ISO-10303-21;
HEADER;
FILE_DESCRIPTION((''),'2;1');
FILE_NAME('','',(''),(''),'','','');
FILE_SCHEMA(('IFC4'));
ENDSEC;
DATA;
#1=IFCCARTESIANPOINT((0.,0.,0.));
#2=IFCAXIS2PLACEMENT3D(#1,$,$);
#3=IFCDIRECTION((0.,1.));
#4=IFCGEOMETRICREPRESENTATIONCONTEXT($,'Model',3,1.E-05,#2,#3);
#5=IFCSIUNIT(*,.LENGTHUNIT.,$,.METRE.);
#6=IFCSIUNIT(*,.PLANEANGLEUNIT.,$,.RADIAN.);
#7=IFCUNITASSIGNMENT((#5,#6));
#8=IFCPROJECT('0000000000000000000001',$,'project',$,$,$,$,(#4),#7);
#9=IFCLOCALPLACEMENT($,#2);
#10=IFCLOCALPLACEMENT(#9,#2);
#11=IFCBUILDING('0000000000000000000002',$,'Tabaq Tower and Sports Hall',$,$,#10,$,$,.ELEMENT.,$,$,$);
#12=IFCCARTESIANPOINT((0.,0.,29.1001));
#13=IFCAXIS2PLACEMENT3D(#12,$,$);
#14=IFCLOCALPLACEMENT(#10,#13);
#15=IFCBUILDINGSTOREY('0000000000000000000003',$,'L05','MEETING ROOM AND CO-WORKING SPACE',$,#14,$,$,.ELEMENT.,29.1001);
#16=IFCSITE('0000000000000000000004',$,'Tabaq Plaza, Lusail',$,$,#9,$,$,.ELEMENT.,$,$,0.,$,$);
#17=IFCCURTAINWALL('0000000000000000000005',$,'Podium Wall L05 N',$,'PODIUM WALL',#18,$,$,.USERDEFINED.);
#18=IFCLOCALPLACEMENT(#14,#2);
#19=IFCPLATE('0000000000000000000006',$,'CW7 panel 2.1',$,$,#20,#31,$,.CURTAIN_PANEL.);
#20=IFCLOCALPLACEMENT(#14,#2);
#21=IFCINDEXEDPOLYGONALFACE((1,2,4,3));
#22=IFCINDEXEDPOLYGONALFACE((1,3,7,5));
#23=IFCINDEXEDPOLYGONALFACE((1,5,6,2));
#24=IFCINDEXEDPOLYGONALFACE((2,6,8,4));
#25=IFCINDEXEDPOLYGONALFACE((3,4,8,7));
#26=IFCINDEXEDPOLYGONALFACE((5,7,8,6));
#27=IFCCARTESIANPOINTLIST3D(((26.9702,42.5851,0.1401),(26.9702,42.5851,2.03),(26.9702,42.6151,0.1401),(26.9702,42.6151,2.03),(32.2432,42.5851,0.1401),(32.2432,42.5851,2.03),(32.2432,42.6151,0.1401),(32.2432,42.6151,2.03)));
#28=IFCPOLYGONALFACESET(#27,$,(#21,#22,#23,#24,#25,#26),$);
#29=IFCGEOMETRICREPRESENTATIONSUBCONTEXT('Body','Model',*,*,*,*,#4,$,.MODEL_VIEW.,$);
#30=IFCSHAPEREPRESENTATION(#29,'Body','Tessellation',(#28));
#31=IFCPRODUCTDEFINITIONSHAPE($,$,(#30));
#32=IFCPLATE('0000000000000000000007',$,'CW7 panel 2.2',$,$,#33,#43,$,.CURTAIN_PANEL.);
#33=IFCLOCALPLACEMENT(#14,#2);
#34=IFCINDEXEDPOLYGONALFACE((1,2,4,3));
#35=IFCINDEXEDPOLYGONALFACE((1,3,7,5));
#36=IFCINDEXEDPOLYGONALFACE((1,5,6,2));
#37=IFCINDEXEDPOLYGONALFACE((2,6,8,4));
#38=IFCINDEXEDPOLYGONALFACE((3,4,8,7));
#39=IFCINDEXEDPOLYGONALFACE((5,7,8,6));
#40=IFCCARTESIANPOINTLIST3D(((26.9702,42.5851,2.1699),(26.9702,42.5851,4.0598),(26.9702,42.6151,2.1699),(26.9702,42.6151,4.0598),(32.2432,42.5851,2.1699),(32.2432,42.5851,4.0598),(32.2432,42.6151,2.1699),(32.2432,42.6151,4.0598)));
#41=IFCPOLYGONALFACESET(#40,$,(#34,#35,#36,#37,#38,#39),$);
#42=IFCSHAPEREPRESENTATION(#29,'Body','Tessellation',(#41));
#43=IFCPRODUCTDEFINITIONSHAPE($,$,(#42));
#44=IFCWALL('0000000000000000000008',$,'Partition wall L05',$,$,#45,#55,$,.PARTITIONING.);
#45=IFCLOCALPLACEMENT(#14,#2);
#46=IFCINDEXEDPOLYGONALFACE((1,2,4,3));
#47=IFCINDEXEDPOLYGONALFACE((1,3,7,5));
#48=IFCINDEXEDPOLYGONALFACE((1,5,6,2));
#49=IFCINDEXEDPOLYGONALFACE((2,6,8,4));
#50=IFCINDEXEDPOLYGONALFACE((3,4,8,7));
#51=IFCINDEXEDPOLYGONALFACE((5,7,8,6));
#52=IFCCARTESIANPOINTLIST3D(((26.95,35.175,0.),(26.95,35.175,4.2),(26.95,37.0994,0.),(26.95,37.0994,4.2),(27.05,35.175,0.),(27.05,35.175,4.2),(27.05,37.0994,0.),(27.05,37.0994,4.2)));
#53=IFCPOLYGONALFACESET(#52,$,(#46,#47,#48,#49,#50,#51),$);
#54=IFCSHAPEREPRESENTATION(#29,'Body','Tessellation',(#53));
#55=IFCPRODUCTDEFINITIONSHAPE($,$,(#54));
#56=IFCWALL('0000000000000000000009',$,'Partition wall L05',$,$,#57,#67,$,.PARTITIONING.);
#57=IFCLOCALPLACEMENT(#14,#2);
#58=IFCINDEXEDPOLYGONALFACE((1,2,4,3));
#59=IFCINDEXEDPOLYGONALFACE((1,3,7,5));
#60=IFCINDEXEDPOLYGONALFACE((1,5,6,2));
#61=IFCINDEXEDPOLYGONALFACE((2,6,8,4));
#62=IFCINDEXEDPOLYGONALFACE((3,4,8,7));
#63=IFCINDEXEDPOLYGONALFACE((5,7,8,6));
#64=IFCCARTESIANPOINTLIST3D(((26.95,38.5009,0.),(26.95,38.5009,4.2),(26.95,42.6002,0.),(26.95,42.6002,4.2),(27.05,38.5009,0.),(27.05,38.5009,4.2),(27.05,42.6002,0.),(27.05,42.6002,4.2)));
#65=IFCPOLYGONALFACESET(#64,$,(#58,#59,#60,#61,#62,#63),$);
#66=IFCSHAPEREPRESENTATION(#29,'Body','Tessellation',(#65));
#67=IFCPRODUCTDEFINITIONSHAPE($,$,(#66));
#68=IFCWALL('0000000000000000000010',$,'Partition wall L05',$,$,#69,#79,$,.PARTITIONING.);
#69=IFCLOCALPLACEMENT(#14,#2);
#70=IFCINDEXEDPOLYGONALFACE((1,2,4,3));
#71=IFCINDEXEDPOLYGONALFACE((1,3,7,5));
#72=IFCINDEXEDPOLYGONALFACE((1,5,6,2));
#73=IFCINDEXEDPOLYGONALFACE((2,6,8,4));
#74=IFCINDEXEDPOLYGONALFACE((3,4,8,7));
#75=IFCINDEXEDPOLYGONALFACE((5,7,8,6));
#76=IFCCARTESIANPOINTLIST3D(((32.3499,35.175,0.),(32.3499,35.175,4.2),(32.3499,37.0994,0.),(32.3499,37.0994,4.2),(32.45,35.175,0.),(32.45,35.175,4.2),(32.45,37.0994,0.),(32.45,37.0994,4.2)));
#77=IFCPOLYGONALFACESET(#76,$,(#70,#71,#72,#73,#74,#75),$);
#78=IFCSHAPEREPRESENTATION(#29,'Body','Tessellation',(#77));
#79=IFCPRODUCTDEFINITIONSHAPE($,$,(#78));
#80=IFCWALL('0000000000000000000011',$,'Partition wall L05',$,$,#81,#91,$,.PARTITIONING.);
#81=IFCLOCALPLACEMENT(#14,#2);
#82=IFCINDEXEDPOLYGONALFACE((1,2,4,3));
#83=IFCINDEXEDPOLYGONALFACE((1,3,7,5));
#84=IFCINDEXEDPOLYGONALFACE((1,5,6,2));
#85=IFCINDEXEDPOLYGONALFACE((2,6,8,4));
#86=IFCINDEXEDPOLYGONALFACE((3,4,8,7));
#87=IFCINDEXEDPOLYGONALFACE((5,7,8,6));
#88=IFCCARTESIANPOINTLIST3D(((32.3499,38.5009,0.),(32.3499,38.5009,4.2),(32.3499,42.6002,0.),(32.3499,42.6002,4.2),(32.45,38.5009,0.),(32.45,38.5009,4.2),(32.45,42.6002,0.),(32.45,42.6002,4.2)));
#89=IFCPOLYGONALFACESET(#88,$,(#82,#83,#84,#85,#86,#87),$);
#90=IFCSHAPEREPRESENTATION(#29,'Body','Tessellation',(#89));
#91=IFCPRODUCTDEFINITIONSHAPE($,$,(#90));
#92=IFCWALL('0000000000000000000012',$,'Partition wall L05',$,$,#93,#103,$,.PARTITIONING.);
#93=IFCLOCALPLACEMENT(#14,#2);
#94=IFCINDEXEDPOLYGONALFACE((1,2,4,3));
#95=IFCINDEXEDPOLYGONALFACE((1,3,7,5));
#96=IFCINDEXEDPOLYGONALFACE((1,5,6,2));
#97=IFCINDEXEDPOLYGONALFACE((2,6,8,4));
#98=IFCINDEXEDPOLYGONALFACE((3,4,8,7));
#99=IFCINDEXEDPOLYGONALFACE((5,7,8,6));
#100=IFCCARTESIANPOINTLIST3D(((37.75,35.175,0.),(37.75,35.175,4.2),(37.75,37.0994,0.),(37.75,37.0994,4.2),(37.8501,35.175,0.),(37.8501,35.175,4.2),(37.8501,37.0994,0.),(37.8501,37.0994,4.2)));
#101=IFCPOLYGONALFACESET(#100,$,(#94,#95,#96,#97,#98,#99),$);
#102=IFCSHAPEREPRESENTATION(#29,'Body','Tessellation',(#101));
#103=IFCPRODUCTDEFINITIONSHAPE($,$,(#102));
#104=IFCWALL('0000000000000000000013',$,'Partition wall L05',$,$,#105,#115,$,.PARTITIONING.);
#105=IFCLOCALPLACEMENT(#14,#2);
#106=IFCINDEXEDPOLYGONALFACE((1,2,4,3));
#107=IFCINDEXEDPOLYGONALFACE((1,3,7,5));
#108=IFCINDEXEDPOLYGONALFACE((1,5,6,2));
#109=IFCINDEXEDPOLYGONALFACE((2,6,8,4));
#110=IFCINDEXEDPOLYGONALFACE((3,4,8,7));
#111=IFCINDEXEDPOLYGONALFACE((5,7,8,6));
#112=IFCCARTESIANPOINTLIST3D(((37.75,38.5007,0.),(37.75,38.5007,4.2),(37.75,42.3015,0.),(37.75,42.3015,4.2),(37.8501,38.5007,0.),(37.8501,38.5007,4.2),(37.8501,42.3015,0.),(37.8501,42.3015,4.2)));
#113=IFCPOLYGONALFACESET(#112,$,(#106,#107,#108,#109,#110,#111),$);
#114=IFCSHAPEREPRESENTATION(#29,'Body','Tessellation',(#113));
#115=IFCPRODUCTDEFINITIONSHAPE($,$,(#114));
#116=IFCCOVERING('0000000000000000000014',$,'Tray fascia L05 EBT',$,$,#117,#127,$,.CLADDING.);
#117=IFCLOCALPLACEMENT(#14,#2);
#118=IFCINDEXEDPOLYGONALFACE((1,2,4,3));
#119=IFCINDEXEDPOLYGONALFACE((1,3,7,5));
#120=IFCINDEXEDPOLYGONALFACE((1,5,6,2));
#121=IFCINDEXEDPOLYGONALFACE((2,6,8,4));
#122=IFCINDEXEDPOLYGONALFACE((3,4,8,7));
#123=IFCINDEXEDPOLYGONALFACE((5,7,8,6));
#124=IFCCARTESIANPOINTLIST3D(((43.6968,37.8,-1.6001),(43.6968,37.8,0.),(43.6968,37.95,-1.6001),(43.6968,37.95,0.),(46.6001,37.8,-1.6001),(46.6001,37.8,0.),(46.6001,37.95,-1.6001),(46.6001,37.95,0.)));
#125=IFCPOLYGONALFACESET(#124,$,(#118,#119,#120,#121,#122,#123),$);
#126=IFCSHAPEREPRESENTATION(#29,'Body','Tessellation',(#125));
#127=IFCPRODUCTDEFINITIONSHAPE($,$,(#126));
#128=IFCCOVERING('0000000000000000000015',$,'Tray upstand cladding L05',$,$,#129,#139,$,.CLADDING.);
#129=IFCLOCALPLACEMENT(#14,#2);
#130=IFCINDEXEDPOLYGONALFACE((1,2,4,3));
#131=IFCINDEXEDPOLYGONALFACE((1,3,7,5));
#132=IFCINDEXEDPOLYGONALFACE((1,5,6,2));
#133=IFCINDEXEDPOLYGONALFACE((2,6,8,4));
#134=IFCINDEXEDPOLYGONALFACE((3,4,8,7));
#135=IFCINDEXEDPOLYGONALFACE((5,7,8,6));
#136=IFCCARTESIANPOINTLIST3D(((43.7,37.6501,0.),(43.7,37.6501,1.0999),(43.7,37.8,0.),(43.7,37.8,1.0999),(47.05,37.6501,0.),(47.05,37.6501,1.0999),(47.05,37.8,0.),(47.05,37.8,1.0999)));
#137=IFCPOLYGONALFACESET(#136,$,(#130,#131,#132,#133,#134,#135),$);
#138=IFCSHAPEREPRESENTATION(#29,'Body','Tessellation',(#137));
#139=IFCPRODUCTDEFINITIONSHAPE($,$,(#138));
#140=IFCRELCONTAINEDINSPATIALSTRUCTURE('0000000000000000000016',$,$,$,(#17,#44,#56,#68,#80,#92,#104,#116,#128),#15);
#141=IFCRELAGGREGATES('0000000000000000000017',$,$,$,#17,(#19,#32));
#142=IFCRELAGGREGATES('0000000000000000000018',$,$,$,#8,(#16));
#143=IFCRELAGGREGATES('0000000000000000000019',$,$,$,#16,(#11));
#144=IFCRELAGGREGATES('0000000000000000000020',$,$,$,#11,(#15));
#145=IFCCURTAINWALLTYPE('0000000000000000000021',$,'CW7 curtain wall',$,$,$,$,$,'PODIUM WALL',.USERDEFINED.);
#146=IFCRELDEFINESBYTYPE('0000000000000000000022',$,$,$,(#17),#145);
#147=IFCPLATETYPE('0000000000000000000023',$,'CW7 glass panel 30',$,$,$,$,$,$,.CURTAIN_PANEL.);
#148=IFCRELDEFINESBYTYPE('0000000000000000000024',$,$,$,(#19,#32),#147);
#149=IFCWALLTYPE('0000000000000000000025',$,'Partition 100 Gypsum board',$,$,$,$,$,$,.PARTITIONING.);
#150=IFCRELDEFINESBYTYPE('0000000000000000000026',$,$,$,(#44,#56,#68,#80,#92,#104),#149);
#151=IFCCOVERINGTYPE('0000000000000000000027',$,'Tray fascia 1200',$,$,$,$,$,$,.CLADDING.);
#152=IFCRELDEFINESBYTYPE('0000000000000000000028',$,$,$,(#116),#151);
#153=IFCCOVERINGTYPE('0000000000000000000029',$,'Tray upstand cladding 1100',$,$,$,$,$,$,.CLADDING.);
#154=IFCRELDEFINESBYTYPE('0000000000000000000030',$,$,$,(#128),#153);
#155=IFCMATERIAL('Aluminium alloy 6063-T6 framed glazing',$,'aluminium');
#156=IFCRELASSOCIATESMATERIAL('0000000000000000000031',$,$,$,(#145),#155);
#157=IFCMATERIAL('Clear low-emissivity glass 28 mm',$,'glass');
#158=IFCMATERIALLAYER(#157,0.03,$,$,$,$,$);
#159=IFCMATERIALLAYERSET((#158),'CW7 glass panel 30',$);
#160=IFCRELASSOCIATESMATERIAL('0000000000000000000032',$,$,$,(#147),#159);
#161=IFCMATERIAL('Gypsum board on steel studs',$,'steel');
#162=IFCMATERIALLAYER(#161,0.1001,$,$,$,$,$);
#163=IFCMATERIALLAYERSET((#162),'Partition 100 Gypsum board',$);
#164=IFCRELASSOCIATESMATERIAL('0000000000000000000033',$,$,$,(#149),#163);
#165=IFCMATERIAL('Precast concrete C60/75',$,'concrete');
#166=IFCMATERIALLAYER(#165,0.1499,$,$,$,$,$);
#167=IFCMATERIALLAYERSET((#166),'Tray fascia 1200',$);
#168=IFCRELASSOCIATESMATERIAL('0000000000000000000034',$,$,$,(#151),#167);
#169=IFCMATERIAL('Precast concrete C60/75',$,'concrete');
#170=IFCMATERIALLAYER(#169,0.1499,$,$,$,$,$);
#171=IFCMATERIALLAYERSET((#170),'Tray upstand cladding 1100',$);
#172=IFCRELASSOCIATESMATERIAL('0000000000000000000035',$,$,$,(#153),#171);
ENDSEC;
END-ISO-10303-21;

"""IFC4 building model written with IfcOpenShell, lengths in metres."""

from ifc_helpers import new_model, si_unit, direction, frame, frame_2d, origin, origin_2d, place, context, subcontext, project, spatial, rectangle, extrude, material, layer, layer_set, type_object, element, aggregate, save


model = new_model("IFC4")

# Units and contexts
model_context = context("Model", 3, precision=1e-05, world=origin(), true_north=direction((0.0, 1.0)))
body_context = subcontext(model_context, "Body", "Model", "MODEL_VIEW")
ifc_project = project(units=[si_unit("LENGTHUNIT", "METRE"), si_unit("PLANEANGLEUNIT", "RADIAN")], contexts=[model_context])

# Site, building, storey
site_placement = place(None, origin())
site = spatial("IfcSite", under=ifc_project, at=site_placement, Name="Tabaq Plaza, Lusail", CompositionType="ELEMENT", RefElevation=0.0)
building_placement = place(site_placement, origin())
building = spatial("IfcBuilding", under=site, at=building_placement, Name="Tabaq Tower and Sports Hall", CompositionType="ELEMENT")
storey_placement = place(building_placement, frame((0.0, 0.0, 29.1001)))
storey = spatial("IfcBuildingStorey", under=building, at=storey_placement, Name="L05", Description="MEETING ROOM AND CO-WORKING SPACE", CompositionType="ELEMENT", Elevation=29.1001)

# Shared definitions
ifc_material_1 = material(Name="Aluminium alloy 6063-T6 framed glazing", Category="aluminium")
curtain_wall_type = type_object("IfcCurtainWallType", Name="CW7 curtain wall", ElementType="PODIUM WALL", PredefinedType="USERDEFINED", material=ifc_material_1)

# Curtain wall
curtain_wall_1_placement = place(storey_placement, origin())
curtain_wall_1 = element("IfcCurtainWall", 1, at=curtain_wall_1_placement, inside=storey, type_object=curtain_wall_type, Name="Podium Wall L05 N", ObjectType="PODIUM WALL", PredefinedType="USERDEFINED")

# Plates
ifc_material_2 = material(Name="Clear low-emissivity glass 28 mm", Category="glass")
ifc_layer_1 = layer(ifc_material_2, 0.03)
ifc_layer_set_1 = layer_set([ifc_layer_1], Name="CW7 glass panel 30")
plate_type = type_object("IfcPlateType", Name="CW7 glass panel 30", PredefinedType="CURTAIN_PANEL", material=ifc_layer_set_1)
plate_1_placement = place(storey_placement, frame((29.6067, 42.6001, 0.1401), z_axis=(0.0, 0.0, 1.0), x_axis=(-1.0, 0.0, 0.0)))
plate_1 = element("IfcPlate", 2, at=plate_1_placement, type_object=plate_type, Name="CW7 panel 2.1", PredefinedType="CURTAIN_PANEL", context=body_context, shape_type="SweptSolid", body=[
    extrude(rectangle(XDim=5.2729, YDim=0.03, at=origin_2d()), origin(), (0.0, 0.0, 1.0), 1.8899),
])
plate_2_placement = place(storey_placement, frame((29.6067, 42.6001, 2.1699), z_axis=(0.0, 0.0, 1.0), x_axis=(-1.0, 0.0, 0.0)))
plate_2 = element("IfcPlate", 3, at=plate_2_placement, type_object=plate_type, Name="CW7 panel 2.2", PredefinedType="CURTAIN_PANEL", context=body_context, shape_type="SweptSolid", body=[
    extrude(rectangle(XDim=5.2729, YDim=0.03, at=origin_2d()), origin(), (0.0, 0.0, 1.0), 1.8899),
])
aggregate(curtain_wall_1, [plate_1, plate_2])

# Walls
ifc_material_3 = material(Name="Gypsum board on steel studs", Category="steel")
ifc_layer_2 = layer(ifc_material_3, 0.1001)
ifc_layer_set_2 = layer_set([ifc_layer_2], Name="Partition 100 Gypsum board")
wall_type = type_object("IfcWallType", Name="Partition 100 Gypsum board", PredefinedType="PARTITIONING", material=ifc_layer_set_2)
wall_1_placement = place(storey_placement, frame((27.0, 35.175, 0.0), z_axis=(0.0, 0.0, 1.0), x_axis=(0.0, 1.0, 0.0)))
element("IfcWall", 4, at=wall_1_placement, inside=storey, type_object=wall_type, Name="Partition wall L05", PredefinedType="PARTITIONING", context=body_context, shape_type="SweptSolid", body=[
    extrude(rectangle(XDim=1.9243, YDim=0.1001, at=frame_2d((0.9622, 0.0))), origin(), (0.0, 0.0, 1.0), 4.2),
])
wall_2_placement = place(storey_placement, frame((27.0, 38.5007, 0.0), z_axis=(0.0, 0.0, 1.0), x_axis=(0.0, 1.0, 0.0)))
element("IfcWall", 5, at=wall_2_placement, inside=storey, type_object=wall_type, Name="Partition wall L05", PredefinedType="PARTITIONING", context=body_context, shape_type="SweptSolid", body=[
    extrude(rectangle(XDim=4.0994, YDim=0.1001, at=frame_2d((2.0498, 0.0))), origin(), (0.0, 0.0, 1.0), 4.2),
])
wall_3_placement = place(storey_placement, frame((32.3999, 35.175, 0.0), z_axis=(0.0, 0.0, 1.0), x_axis=(0.0, 1.0, 0.0)))
element("IfcWall", 6, at=wall_3_placement, inside=storey, type_object=wall_type, Name="Partition wall L05", PredefinedType="PARTITIONING", context=body_context, shape_type="SweptSolid", body=[
    extrude(rectangle(XDim=1.9243, YDim=0.1001, at=frame_2d((0.9622, 0.0))), origin(), (0.0, 0.0, 1.0), 4.2),
])
wall_4_placement = place(storey_placement, frame((32.3999, 38.5007, 0.0), z_axis=(0.0, 0.0, 1.0), x_axis=(0.0, 1.0, 0.0)))
element("IfcWall", 7, at=wall_4_placement, inside=storey, type_object=wall_type, Name="Partition wall L05", PredefinedType="PARTITIONING", context=body_context, shape_type="SweptSolid", body=[
    extrude(rectangle(XDim=4.0994, YDim=0.1001, at=frame_2d((2.0498, 0.0))), origin(), (0.0, 0.0, 1.0), 4.2),
])
wall_5_placement = place(storey_placement, frame((37.8, 35.175, 0.0), z_axis=(0.0, 0.0, 1.0), x_axis=(0.0, 1.0, 0.0)))
element("IfcWall", 8, at=wall_5_placement, inside=storey, type_object=wall_type, Name="Partition wall L05", PredefinedType="PARTITIONING", context=body_context, shape_type="SweptSolid", body=[
    extrude(rectangle(XDim=1.9243, YDim=0.1001, at=frame_2d((0.9622, 0.0))), origin(), (0.0, 0.0, 1.0), 4.2),
])
wall_6_placement = place(storey_placement, frame((37.8, 38.5007, 0.0), z_axis=(0.0, 0.0, 1.0), x_axis=(0.0, 1.0, 0.0)))
element("IfcWall", 9, at=wall_6_placement, inside=storey, type_object=wall_type, Name="Partition wall L05", PredefinedType="PARTITIONING", context=body_context, shape_type="SweptSolid", body=[
    extrude(rectangle(XDim=3.8008, YDim=0.1001, at=frame_2d((1.9004, 0.0))), origin(), (0.0, 0.0, 1.0), 4.2),
])

# Coverings
ifc_material_4 = material(Name="Precast concrete C60/75", Category="concrete")
ifc_layer_3 = layer(ifc_material_4, 0.1499)
ifc_layer_set_3 = layer_set([ifc_layer_3], Name="Tray fascia 1200")
covering_type_1 = type_object("IfcCoveringType", Name="Tray fascia 1200", PredefinedType="CLADDING", material=ifc_layer_set_3)
covering_1_placement = place(storey_placement, frame((43.6968, 37.875, -1.6001), z_axis=(0.0, 0.0, 1.0), x_axis=(1.0, 0.0, 0.0)))
element("IfcCovering", 10, at=covering_1_placement, inside=storey, type_object=covering_type_1, Name="Tray fascia L05 EBT", PredefinedType="CLADDING", context=body_context, shape_type="SweptSolid", body=[
    extrude(rectangle(XDim=2.9033, YDim=0.1499, at=frame_2d((1.4517, 0.0))), origin(), (0.0, 0.0, 1.0), 1.6001),
])
ifc_material_5 = material(Name="Precast concrete C60/75", Category="concrete")
ifc_layer_4 = layer(ifc_material_5, 0.1499)
ifc_layer_set_4 = layer_set([ifc_layer_4], Name="Tray upstand cladding 1100")
covering_type_2 = type_object("IfcCoveringType", Name="Tray upstand cladding 1100", PredefinedType="CLADDING", material=ifc_layer_set_4)
covering_2_placement = place(storey_placement, frame((43.7, 37.7251, 0.0), z_axis=(0.0, 0.0, 1.0), x_axis=(1.0, 0.0, 0.0)))
element("IfcCovering", 11, at=covering_2_placement, inside=storey, type_object=covering_type_2, Name="Tray upstand cladding L05", PredefinedType="CLADDING", context=body_context, shape_type="SweptSolid", body=[
    extrude(rectangle(XDim=3.3501, YDim=0.1499, at=frame_2d((1.675, 0.0))), origin(), (0.0, 0.0, 1.0), 1.0999),
])

save(model, "model.ifc")
